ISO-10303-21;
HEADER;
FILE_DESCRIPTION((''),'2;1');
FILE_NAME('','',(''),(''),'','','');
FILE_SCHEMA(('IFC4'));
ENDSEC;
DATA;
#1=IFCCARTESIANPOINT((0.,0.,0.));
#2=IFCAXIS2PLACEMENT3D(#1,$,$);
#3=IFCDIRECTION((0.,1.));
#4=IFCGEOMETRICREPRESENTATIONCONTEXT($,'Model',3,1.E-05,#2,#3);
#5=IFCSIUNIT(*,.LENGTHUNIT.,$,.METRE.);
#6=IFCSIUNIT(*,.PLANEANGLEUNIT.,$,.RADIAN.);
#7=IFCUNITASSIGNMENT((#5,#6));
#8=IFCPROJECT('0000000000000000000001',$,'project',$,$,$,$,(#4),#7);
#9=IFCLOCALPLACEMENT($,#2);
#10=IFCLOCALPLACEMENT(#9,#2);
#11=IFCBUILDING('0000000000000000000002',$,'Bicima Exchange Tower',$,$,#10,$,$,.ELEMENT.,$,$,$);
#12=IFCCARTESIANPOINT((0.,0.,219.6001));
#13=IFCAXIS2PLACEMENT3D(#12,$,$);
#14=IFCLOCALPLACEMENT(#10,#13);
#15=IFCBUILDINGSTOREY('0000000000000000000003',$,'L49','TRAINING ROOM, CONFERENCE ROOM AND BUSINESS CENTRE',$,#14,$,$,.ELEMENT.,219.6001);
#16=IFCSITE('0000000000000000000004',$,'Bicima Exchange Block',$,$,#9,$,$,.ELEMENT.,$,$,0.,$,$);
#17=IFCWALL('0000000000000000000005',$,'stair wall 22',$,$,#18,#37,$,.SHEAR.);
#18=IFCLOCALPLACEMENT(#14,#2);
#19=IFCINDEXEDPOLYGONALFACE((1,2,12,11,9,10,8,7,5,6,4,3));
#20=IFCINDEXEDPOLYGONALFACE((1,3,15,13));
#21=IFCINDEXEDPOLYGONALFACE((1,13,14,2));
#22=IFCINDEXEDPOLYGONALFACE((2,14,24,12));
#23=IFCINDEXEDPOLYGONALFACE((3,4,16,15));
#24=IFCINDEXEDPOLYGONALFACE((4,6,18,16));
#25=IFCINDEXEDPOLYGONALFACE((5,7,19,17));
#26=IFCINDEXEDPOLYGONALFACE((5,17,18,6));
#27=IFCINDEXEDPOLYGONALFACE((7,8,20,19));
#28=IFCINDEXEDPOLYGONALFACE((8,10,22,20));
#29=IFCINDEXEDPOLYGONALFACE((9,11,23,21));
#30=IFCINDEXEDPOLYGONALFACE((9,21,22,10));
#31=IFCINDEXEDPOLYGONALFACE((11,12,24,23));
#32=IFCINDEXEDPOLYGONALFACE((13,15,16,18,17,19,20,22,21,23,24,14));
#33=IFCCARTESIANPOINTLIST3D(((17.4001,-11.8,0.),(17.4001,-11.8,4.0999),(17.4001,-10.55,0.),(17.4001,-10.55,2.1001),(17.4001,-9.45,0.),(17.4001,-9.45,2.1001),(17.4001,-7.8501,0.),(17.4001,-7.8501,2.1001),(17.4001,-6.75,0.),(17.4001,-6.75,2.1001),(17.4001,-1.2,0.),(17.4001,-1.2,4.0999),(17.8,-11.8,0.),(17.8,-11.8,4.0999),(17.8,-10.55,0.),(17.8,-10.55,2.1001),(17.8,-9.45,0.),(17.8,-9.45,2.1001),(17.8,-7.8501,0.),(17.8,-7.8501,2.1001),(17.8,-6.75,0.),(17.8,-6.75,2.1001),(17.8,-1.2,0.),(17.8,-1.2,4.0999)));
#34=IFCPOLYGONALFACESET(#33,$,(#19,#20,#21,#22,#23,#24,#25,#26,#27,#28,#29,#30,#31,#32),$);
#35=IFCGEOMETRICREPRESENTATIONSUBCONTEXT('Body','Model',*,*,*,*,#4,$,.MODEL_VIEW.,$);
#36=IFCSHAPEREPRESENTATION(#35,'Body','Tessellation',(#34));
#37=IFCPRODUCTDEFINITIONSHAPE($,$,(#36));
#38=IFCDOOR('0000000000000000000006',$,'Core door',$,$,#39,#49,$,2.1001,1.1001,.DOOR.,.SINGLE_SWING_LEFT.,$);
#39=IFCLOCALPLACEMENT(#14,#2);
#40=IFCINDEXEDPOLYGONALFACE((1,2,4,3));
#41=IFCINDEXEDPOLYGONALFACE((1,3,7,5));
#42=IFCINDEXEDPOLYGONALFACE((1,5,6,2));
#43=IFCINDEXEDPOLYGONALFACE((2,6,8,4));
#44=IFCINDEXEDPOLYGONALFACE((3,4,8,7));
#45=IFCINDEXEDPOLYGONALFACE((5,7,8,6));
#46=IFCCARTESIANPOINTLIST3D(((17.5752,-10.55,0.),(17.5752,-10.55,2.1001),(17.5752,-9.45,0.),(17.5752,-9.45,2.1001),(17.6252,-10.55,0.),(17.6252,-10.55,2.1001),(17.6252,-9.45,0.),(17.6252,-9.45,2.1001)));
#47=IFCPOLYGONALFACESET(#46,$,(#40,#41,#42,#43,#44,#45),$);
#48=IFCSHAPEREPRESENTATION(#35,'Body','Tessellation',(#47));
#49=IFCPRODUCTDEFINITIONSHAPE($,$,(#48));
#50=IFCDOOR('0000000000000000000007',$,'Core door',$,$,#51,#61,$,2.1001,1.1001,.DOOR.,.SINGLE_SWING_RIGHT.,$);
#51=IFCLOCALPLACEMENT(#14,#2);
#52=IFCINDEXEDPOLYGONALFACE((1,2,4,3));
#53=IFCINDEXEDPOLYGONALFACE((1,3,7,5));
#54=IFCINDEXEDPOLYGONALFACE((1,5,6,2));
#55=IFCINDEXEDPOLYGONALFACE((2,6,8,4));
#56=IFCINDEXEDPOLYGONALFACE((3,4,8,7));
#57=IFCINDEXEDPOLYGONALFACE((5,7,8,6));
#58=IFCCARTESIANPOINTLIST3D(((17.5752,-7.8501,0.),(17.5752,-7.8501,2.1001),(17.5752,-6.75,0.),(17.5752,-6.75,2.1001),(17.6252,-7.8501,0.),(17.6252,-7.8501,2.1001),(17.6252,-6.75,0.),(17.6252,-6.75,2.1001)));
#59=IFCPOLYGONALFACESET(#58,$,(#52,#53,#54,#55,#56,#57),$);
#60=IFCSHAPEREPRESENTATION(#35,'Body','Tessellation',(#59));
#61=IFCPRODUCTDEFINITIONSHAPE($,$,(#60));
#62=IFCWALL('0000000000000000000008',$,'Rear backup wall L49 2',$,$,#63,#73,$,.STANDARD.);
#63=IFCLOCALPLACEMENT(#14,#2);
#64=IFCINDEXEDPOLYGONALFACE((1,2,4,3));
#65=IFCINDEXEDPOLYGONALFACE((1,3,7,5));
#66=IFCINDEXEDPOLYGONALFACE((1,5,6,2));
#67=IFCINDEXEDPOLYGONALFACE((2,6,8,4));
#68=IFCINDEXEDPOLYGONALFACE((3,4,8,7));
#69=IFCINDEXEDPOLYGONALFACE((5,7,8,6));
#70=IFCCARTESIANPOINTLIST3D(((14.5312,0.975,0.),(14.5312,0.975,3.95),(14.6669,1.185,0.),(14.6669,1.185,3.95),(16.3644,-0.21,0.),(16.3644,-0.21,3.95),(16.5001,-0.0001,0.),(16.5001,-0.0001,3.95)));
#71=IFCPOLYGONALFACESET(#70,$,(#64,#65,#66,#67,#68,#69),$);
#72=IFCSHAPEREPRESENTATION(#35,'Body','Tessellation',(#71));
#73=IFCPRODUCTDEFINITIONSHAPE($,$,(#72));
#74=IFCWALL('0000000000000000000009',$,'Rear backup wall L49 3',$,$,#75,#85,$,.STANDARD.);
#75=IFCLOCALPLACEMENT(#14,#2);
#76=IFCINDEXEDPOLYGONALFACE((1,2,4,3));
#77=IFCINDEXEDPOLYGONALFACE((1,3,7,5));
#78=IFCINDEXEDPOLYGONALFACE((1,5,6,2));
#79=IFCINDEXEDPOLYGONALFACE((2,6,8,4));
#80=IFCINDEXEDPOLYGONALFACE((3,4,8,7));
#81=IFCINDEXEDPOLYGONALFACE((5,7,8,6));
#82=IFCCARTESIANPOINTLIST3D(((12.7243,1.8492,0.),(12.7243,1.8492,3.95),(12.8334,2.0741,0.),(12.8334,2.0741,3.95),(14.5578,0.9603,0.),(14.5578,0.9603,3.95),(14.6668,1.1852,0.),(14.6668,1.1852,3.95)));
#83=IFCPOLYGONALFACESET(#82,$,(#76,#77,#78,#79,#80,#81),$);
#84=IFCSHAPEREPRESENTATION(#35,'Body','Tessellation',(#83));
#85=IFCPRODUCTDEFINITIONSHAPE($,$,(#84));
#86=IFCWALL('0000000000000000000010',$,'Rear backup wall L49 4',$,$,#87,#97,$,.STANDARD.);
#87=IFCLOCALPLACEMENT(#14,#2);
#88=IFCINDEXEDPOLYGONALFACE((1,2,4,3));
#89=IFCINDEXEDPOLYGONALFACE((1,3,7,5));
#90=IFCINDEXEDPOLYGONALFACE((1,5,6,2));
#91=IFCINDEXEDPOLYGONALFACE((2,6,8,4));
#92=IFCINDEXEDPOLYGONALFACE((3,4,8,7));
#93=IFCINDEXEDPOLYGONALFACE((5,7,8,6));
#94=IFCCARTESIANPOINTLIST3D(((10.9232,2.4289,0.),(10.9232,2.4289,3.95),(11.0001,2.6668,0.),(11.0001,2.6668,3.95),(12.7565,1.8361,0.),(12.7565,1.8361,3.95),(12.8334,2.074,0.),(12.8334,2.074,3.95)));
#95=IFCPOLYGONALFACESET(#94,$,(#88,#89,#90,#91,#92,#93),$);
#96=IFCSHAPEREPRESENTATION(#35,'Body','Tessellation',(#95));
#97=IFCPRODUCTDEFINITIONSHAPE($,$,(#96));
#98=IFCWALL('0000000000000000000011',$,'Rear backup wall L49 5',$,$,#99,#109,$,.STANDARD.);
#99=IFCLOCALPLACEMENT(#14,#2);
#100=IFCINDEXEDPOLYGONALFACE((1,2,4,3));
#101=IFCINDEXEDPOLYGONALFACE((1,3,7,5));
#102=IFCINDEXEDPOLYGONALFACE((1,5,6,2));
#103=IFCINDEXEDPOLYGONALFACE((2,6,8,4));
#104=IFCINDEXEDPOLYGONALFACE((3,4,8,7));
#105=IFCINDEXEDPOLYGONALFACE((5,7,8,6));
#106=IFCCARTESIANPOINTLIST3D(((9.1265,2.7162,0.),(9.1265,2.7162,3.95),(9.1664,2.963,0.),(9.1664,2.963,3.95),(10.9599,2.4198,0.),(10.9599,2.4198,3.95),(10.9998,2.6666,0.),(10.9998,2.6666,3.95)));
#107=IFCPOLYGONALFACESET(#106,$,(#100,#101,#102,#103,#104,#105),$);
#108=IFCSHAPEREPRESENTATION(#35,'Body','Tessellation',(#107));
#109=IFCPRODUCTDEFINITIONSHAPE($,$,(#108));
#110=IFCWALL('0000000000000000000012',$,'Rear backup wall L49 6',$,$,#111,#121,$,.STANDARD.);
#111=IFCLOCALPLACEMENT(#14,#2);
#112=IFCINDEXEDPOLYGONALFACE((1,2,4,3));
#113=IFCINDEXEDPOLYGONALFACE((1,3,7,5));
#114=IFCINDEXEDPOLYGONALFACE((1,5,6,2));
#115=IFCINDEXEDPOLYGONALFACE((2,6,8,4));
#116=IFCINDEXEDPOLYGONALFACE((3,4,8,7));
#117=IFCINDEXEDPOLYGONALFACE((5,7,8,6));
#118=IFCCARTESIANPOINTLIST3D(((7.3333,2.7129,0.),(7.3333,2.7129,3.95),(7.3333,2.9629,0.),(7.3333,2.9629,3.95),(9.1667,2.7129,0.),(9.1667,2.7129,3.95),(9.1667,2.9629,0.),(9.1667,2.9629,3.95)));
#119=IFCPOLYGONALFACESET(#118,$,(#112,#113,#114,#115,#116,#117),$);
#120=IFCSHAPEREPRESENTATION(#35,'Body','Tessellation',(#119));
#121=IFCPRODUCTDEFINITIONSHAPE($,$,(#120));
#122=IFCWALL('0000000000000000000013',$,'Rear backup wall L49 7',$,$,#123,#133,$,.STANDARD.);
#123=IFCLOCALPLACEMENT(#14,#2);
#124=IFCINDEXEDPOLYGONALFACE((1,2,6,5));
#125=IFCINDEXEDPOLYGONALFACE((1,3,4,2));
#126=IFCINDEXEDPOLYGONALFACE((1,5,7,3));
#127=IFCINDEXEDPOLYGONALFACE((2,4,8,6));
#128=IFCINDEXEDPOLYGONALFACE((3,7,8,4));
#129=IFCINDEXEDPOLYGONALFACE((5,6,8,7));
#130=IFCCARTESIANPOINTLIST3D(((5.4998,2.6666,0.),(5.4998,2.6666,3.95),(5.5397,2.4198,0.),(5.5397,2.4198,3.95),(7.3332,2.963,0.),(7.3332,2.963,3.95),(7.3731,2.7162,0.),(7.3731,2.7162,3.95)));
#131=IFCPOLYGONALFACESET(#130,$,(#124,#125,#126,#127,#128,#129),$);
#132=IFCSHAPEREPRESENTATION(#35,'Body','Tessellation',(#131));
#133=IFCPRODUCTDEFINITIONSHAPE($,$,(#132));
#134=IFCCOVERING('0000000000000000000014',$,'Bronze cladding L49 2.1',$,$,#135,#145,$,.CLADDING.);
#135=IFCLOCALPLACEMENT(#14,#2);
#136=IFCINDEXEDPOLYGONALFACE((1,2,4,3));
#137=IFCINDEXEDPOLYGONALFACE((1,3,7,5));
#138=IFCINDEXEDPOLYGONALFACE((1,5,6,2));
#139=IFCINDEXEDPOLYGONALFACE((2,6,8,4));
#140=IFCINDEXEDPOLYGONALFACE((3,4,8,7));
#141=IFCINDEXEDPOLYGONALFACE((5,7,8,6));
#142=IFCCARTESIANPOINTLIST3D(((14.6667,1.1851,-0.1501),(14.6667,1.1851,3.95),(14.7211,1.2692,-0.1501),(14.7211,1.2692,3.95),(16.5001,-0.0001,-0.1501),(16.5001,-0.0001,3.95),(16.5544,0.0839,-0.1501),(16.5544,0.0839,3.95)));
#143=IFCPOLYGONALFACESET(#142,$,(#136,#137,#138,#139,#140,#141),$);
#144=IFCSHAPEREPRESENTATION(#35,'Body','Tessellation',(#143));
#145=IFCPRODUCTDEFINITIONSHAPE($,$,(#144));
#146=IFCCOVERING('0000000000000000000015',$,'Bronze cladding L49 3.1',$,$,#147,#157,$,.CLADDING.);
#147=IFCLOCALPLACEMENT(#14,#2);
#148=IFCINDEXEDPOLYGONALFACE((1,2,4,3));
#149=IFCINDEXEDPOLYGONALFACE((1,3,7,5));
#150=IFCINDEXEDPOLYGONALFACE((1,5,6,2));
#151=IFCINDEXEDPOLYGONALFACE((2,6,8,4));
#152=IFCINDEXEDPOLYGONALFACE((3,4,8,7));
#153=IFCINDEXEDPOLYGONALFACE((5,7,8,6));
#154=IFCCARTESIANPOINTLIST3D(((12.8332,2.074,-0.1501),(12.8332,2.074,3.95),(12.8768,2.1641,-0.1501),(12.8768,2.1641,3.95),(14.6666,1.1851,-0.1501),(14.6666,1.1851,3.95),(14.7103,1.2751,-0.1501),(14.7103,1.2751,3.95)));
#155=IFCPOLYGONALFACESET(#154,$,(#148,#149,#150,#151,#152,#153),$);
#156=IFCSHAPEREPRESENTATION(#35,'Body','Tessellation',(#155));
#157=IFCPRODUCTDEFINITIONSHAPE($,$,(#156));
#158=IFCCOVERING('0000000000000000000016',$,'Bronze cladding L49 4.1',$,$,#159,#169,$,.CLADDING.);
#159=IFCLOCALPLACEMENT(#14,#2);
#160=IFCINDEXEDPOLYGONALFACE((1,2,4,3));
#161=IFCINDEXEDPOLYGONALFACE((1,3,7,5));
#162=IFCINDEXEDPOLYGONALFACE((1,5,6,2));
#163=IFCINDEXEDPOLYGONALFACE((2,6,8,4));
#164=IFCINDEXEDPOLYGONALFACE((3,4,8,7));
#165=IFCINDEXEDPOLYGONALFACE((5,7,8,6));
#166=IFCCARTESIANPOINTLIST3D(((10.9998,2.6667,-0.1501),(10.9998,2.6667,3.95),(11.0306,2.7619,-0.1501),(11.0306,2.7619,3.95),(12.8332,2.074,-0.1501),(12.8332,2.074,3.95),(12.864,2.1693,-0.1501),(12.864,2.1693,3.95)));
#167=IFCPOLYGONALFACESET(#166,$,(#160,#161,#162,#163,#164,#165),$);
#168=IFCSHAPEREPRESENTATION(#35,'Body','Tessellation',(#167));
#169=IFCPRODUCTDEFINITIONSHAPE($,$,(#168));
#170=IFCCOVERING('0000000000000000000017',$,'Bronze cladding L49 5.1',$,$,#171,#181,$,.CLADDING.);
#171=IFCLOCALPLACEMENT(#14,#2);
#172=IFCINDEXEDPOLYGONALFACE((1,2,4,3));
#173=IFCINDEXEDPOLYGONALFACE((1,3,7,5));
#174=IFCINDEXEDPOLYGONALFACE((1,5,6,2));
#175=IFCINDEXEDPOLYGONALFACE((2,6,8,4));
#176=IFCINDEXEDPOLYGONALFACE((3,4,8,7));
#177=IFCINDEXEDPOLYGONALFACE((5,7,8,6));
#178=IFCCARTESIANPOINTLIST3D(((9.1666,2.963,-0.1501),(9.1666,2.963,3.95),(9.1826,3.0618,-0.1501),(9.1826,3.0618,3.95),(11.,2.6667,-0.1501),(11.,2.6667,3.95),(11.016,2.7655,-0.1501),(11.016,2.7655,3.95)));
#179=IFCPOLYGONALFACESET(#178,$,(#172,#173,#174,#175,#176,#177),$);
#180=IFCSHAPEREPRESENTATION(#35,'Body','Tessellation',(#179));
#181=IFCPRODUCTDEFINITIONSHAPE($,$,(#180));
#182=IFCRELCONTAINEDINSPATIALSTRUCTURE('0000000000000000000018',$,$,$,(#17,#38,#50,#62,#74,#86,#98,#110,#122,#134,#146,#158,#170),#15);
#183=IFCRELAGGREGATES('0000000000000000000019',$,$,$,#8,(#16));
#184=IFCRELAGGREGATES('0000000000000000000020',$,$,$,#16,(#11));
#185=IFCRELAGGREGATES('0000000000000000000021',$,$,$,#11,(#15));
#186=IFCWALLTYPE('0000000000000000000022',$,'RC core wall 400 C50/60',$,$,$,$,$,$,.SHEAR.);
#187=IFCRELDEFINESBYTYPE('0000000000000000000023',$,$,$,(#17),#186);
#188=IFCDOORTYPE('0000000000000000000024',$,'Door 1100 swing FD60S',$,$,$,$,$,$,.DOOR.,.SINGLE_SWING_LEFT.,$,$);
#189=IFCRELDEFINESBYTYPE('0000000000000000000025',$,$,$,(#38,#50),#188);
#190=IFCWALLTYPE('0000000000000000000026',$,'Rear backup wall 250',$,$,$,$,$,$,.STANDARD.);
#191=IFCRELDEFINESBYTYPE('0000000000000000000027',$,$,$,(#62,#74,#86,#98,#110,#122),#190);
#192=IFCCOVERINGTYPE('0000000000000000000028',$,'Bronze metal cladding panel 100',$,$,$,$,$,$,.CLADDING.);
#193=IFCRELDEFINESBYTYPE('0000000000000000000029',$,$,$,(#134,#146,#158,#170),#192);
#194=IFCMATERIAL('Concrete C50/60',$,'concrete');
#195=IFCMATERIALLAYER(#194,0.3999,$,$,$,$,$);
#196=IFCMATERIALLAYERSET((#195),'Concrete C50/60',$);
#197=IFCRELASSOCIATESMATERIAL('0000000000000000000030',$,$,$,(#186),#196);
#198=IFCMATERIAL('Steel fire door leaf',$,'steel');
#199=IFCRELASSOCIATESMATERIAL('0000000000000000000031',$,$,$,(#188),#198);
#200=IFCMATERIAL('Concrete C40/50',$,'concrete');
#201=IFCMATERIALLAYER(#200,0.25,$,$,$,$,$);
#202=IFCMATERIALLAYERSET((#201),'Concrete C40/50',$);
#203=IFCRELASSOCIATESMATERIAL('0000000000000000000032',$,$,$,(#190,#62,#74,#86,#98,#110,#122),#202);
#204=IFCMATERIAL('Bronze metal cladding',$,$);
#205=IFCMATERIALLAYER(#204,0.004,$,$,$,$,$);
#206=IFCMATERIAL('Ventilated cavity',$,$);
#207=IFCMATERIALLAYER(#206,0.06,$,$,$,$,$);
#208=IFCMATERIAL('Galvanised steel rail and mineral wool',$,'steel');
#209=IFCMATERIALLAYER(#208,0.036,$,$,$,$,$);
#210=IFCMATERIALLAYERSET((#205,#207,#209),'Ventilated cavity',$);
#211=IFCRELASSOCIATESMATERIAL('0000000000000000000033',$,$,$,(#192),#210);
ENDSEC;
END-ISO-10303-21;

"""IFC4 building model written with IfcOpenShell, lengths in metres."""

from ifc_helpers import new_model, si_unit, direction, frame, frame_2d, origin, origin_2d, place, context, subcontext, project, spatial, rectangle, extrude, material, layer, layer_set, layer_usage, type_object, element, fill, save


model = new_model("IFC4")

# Units and contexts
model_context = context("Model", 3, precision=1e-05, world=origin(), true_north=direction((0.0, 1.0)))
body_context = subcontext(model_context, "Body", "Model", "MODEL_VIEW")
ifc_project = project(units=[si_unit("LENGTHUNIT", "METRE"), si_unit("PLANEANGLEUNIT", "RADIAN")], contexts=[model_context])

# Site, building, storey
site_placement = place(None, origin())
site = spatial("IfcSite", under=ifc_project, at=site_placement, Name="Bicima Exchange Block", CompositionType="ELEMENT", RefElevation=0.0)
building_placement = place(site_placement, origin())
building = spatial("IfcBuilding", under=site, at=building_placement, Name="Bicima Exchange Tower", CompositionType="ELEMENT")
storey_placement = place(building_placement, frame((0.0, 0.0, 219.6001)))
storey = spatial("IfcBuildingStorey", under=building, at=storey_placement, Name="L49", Description="TRAINING ROOM, CONFERENCE ROOM AND BUSINESS CENTRE", CompositionType="ELEMENT", Elevation=219.6001)

# Wall, openings, doors
ifc_material_1 = material(Name="Concrete C50/60", Category="concrete")
ifc_layer_1 = layer(ifc_material_1, 0.3999)
ifc_layer_set_1 = layer_set([ifc_layer_1], Name="Concrete C50/60")
wall_type_1 = type_object("IfcWallType", Name="RC core wall 400 C50/60", PredefinedType="SHEAR", material=ifc_layer_set_1)
ifc_material_2 = material(Name="Steel fire door leaf", Category="steel")
door_type_1 = type_object("IfcDoorType", Name="Door 1100 swing FD60S", OperationType="SINGLE_SWING_LEFT", PredefinedType="DOOR", material=ifc_material_2)
wall_1_placement = place(storey_placement, frame((17.6001, -11.8, 0.0), z_axis=(0.0, 0.0, 1.0), x_axis=(0.0, 1.0, 0.0)))
wall_1 = element("IfcWall", 1, at=wall_1_placement, inside=storey, type_object=wall_type_1, Name="stair wall 22", PredefinedType="SHEAR", context=body_context, shape_type="SweptSolid", body=[
    extrude(rectangle(XDim=10.6001, YDim=0.3999, at=frame_2d((5.3, 0.0))), origin(), (0.0, 0.0, 1.0), 4.0999),
])
opening_1_placement = place(wall_1_placement, frame((1.25, 0.0, 0.0)))
opening_1 = element("IfcOpeningElement", 2, at=opening_1_placement, cuts=wall_1, PredefinedType="OPENING", context=body_context, shape_type="SweptSolid", body=[
    extrude(rectangle(XDim=1.1001, YDim=2.1001, at=frame_2d((0.55, 1.05))), frame((0.0, 0.2119, 0.0), z_axis=(0.0, -1.0, 0.0), x_axis=(1.0, 0.0, 0.0)), (0.0, 0.0, 1.0), 0.4238),
])
opening_2_placement = place(wall_1_placement, frame((3.95, 0.0, 0.0)))
opening_2 = element("IfcOpeningElement", 3, at=opening_2_placement, cuts=wall_1, PredefinedType="OPENING", context=body_context, shape_type="SweptSolid", body=[
    extrude(rectangle(XDim=1.1001, YDim=2.1001, at=frame_2d((0.55, 1.05))), frame((0.0, 0.2119, 0.0), z_axis=(0.0, -1.0, 0.0), x_axis=(1.0, 0.0, 0.0)), (0.0, 0.0, 1.0), 0.4238),
])
door_1_placement = place(opening_1_placement, origin())
door_1 = element("IfcDoor", 4, at=door_1_placement, inside=storey, type_object=door_type_1, Name="Core door", OperationType="SINGLE_SWING_LEFT", OverallHeight=2.1001, OverallWidth=1.1001, PredefinedType="DOOR", context=body_context, shape_type="SweptSolid", body=[
    extrude(rectangle(XDim=1.1001, YDim=2.1001, at=frame_2d((0.55, 1.05))), frame((0.0, 0.0249, 0.0), z_axis=(0.0, -1.0, 0.0), x_axis=(1.0, 0.0, 0.0)), (0.0, 0.0, 1.0), 0.05),
])
fill(opening_1, door_1)
door_2_placement = place(opening_2_placement, origin())
door_2 = element("IfcDoor", 5, at=door_2_placement, inside=storey, type_object=door_type_1, Name="Core door", OperationType="SINGLE_SWING_RIGHT", OverallHeight=2.1001, OverallWidth=1.1001, PredefinedType="DOOR", context=body_context, shape_type="SweptSolid", body=[
    extrude(rectangle(XDim=1.1001, YDim=2.1001, at=frame_2d((0.55, 1.05))), frame((0.0, 0.0249, 0.0), z_axis=(0.0, -1.0, 0.0), x_axis=(1.0, 0.0, 0.0)), (0.0, 0.0, 1.0), 0.05),
])
fill(opening_2, door_2)

# Walls
ifc_material_3 = material(Name="Concrete C40/50", Category="concrete")
ifc_layer_2 = layer(ifc_material_3, 0.25)
ifc_layer_set_2 = layer_set([ifc_layer_2], Name="Concrete C40/50")
ifc_layer_usage = layer_usage(ifc_layer_set_2, "AXIS2", "POSITIVE", -0.125)
wall_type_2 = type_object("IfcWallType", Name="Rear backup wall 250", PredefinedType="STANDARD", material=ifc_layer_set_2)
wall_2_placement = place(storey_placement, frame((16.4321, -0.105, 0.0), z_axis=(0.0, 0.0, 1.0), x_axis=(-0.839813, 0.542876, 0.0)))
element("IfcWall", 6, at=wall_2_placement, inside=storey, type_object=wall_type_2, material=ifc_layer_usage, Name="Rear backup wall L49 2", PredefinedType="STANDARD", context=body_context, shape_type="SweptSolid", body=[
    extrude(rectangle(XDim=2.1829, YDim=0.25, at=frame_2d((1.0913, 0.0))), origin(), (0.0, 0.0, 1.0), 3.95),
])
wall_3_placement = place(storey_placement, frame((14.6123, 1.0728, 0.0), z_axis=(0.0, 0.0, 1.0), x_axis=(-0.899824, 0.436253, 0.0)))
element("IfcWall", 7, at=wall_3_placement, inside=storey, type_object=wall_type_2, material=ifc_layer_usage, Name="Rear backup wall L49 3", PredefinedType="STANDARD", context=body_context, shape_type="SweptSolid", body=[
    extrude(rectangle(XDim=2.0376, YDim=0.25, at=frame_2d((1.0188, 0.0))), origin(), (0.0, 0.0, 1.0), 3.95),
])
wall_4_placement = place(storey_placement, frame((12.7949, 1.9551, 0.0), z_axis=(0.0, 0.0, 1.0), x_axis=(-0.951496, 0.307662, 0.0)))
element("IfcWall", 8, at=wall_4_placement, inside=storey, type_object=wall_type_2, material=ifc_layer_usage, Name="Rear backup wall L49 4", PredefinedType="STANDARD", context=body_context, shape_type="SweptSolid", body=[
    extrude(rectangle(XDim=1.9268, YDim=0.25, at=frame_2d((0.9634, 0.0))), origin(), (0.0, 0.0, 1.0), 3.95),
])
wall_5_placement = place(storey_placement, frame((10.98, 2.5432, 0.0), z_axis=(0.0, 0.0, 1.0), x_axis=(-0.987182, 0.1596, 0.0)))
element("IfcWall", 9, at=wall_5_placement, inside=storey, type_object=wall_type_2, material=ifc_layer_usage, Name="Rear backup wall L49 5", PredefinedType="STANDARD", context=body_context, shape_type="SweptSolid", body=[
    extrude(rectangle(XDim=1.8572, YDim=0.25, at=frame_2d((0.9287, 0.0))), origin(), (0.0, 0.0, 1.0), 3.95),
])
wall_6_placement = place(storey_placement, frame((9.1667, 2.8379, 0.0), z_axis=(0.0, 0.0, 1.0), x_axis=(-1.0, 0.0, 0.0)))
element("IfcWall", 10, at=wall_6_placement, inside=storey, type_object=wall_type_2, material=ifc_layer_usage, Name="Rear backup wall L49 6", PredefinedType="STANDARD", context=body_context, shape_type="SweptSolid", body=[
    extrude(rectangle(XDim=1.8335, YDim=0.25, at=frame_2d((0.9167, 0.0))), origin(), (0.0, 0.0, 1.0), 3.95),
])
wall_7_placement = place(storey_placement, frame((7.3533, 2.8396, 0.0), z_axis=(0.0, 0.0, 1.0), x_axis=(-0.987182, -0.1596, 0.0)))
element("IfcWall", 11, at=wall_7_placement, inside=storey, type_object=wall_type_2, material=ifc_layer_usage, Name="Rear backup wall L49 7", PredefinedType="STANDARD", context=body_context, shape_type="SweptSolid", body=[
    extrude(rectangle(XDim=1.8572, YDim=0.25, at=frame_2d((0.9287, 0.0))), origin(), (0.0, 0.0, 1.0), 3.95),
])

# Coverings
ifc_material_4 = material(Name="Bronze metal cladding")
ifc_layer_3 = layer(ifc_material_4, 0.004)
ifc_material_5 = material(Name="Ventilated cavity")
ifc_layer_4 = layer(ifc_material_5, 0.06)
ifc_material_6 = material(Name="Galvanised steel rail and mineral wool", Category="steel")
ifc_layer_5 = layer(ifc_material_6, 0.036)
ifc_layer_set_3 = layer_set([ifc_layer_3, ifc_layer_4, ifc_layer_5], Name="Ventilated cavity")
covering_type = type_object("IfcCoveringType", Name="Bronze metal cladding panel 100", PredefinedType="CLADDING", material=ifc_layer_set_3)
covering_1_placement = place(storey_placement, frame((15.6106, 0.6345, -0.1501), z_axis=(0.0, 0.0, 1.0), x_axis=(-0.83979, 0.542911, 0.0)))
element("IfcCovering", 12, at=covering_1_placement, inside=storey, type_object=covering_type, Name="Bronze cladding L49 2.1", PredefinedType="CLADDING", context=body_context, shape_type="SweptSolid", body=[
    extrude(rectangle(XDim=2.1831, YDim=0.1001, at=origin_2d()), origin(), (0.0, 0.0, 1.0), 4.1001),
])
covering_2_placement = place(storey_placement, frame((13.7717, 1.6746, -0.1501), z_axis=(0.0, 0.0, 1.0), x_axis=(-0.899818, 0.436265, 0.0)))
element("IfcCovering", 13, at=covering_2_placement, inside=storey, type_object=covering_type, Name="Bronze cladding L49 3.1", PredefinedType="CLADDING", context=body_context, shape_type="SweptSolid", body=[
    extrude(rectangle(XDim=2.0376, YDim=0.1001, at=origin_2d()), origin(), (0.0, 0.0, 1.0), 4.1001),
])
covering_3_placement = place(storey_placement, frame((11.9319, 2.418, -0.1501), z_axis=(0.0, 0.0, 1.0), x_axis=(-0.951525, 0.307573, 0.0)))
element("IfcCovering", 14, at=covering_3_placement, inside=storey, type_object=covering_type, Name="Bronze cladding L49 4.1", PredefinedType="CLADDING", context=body_context, shape_type="SweptSolid", body=[
    extrude(rectangle(XDim=1.9268, YDim=0.1001, at=origin_2d()), origin(), (0.0, 0.0, 1.0), 4.1001),
])
covering_4_placement = place(storey_placement, frame((10.0913, 2.8643, -0.1501), z_axis=(0.0, 0.0, 1.0), x_axis=(-0.98719, 0.15955, 0.0)))
element("IfcCovering", 15, at=covering_4_placement, inside=storey, type_object=covering_type, Name="Bronze cladding L49 5.1", PredefinedType="CLADDING", context=body_context, shape_type="SweptSolid", body=[
    extrude(rectangle(XDim=1.8572, YDim=0.1001, at=origin_2d()), origin(), (0.0, 0.0, 1.0), 4.1001),
])

save(model, "model.ifc")
